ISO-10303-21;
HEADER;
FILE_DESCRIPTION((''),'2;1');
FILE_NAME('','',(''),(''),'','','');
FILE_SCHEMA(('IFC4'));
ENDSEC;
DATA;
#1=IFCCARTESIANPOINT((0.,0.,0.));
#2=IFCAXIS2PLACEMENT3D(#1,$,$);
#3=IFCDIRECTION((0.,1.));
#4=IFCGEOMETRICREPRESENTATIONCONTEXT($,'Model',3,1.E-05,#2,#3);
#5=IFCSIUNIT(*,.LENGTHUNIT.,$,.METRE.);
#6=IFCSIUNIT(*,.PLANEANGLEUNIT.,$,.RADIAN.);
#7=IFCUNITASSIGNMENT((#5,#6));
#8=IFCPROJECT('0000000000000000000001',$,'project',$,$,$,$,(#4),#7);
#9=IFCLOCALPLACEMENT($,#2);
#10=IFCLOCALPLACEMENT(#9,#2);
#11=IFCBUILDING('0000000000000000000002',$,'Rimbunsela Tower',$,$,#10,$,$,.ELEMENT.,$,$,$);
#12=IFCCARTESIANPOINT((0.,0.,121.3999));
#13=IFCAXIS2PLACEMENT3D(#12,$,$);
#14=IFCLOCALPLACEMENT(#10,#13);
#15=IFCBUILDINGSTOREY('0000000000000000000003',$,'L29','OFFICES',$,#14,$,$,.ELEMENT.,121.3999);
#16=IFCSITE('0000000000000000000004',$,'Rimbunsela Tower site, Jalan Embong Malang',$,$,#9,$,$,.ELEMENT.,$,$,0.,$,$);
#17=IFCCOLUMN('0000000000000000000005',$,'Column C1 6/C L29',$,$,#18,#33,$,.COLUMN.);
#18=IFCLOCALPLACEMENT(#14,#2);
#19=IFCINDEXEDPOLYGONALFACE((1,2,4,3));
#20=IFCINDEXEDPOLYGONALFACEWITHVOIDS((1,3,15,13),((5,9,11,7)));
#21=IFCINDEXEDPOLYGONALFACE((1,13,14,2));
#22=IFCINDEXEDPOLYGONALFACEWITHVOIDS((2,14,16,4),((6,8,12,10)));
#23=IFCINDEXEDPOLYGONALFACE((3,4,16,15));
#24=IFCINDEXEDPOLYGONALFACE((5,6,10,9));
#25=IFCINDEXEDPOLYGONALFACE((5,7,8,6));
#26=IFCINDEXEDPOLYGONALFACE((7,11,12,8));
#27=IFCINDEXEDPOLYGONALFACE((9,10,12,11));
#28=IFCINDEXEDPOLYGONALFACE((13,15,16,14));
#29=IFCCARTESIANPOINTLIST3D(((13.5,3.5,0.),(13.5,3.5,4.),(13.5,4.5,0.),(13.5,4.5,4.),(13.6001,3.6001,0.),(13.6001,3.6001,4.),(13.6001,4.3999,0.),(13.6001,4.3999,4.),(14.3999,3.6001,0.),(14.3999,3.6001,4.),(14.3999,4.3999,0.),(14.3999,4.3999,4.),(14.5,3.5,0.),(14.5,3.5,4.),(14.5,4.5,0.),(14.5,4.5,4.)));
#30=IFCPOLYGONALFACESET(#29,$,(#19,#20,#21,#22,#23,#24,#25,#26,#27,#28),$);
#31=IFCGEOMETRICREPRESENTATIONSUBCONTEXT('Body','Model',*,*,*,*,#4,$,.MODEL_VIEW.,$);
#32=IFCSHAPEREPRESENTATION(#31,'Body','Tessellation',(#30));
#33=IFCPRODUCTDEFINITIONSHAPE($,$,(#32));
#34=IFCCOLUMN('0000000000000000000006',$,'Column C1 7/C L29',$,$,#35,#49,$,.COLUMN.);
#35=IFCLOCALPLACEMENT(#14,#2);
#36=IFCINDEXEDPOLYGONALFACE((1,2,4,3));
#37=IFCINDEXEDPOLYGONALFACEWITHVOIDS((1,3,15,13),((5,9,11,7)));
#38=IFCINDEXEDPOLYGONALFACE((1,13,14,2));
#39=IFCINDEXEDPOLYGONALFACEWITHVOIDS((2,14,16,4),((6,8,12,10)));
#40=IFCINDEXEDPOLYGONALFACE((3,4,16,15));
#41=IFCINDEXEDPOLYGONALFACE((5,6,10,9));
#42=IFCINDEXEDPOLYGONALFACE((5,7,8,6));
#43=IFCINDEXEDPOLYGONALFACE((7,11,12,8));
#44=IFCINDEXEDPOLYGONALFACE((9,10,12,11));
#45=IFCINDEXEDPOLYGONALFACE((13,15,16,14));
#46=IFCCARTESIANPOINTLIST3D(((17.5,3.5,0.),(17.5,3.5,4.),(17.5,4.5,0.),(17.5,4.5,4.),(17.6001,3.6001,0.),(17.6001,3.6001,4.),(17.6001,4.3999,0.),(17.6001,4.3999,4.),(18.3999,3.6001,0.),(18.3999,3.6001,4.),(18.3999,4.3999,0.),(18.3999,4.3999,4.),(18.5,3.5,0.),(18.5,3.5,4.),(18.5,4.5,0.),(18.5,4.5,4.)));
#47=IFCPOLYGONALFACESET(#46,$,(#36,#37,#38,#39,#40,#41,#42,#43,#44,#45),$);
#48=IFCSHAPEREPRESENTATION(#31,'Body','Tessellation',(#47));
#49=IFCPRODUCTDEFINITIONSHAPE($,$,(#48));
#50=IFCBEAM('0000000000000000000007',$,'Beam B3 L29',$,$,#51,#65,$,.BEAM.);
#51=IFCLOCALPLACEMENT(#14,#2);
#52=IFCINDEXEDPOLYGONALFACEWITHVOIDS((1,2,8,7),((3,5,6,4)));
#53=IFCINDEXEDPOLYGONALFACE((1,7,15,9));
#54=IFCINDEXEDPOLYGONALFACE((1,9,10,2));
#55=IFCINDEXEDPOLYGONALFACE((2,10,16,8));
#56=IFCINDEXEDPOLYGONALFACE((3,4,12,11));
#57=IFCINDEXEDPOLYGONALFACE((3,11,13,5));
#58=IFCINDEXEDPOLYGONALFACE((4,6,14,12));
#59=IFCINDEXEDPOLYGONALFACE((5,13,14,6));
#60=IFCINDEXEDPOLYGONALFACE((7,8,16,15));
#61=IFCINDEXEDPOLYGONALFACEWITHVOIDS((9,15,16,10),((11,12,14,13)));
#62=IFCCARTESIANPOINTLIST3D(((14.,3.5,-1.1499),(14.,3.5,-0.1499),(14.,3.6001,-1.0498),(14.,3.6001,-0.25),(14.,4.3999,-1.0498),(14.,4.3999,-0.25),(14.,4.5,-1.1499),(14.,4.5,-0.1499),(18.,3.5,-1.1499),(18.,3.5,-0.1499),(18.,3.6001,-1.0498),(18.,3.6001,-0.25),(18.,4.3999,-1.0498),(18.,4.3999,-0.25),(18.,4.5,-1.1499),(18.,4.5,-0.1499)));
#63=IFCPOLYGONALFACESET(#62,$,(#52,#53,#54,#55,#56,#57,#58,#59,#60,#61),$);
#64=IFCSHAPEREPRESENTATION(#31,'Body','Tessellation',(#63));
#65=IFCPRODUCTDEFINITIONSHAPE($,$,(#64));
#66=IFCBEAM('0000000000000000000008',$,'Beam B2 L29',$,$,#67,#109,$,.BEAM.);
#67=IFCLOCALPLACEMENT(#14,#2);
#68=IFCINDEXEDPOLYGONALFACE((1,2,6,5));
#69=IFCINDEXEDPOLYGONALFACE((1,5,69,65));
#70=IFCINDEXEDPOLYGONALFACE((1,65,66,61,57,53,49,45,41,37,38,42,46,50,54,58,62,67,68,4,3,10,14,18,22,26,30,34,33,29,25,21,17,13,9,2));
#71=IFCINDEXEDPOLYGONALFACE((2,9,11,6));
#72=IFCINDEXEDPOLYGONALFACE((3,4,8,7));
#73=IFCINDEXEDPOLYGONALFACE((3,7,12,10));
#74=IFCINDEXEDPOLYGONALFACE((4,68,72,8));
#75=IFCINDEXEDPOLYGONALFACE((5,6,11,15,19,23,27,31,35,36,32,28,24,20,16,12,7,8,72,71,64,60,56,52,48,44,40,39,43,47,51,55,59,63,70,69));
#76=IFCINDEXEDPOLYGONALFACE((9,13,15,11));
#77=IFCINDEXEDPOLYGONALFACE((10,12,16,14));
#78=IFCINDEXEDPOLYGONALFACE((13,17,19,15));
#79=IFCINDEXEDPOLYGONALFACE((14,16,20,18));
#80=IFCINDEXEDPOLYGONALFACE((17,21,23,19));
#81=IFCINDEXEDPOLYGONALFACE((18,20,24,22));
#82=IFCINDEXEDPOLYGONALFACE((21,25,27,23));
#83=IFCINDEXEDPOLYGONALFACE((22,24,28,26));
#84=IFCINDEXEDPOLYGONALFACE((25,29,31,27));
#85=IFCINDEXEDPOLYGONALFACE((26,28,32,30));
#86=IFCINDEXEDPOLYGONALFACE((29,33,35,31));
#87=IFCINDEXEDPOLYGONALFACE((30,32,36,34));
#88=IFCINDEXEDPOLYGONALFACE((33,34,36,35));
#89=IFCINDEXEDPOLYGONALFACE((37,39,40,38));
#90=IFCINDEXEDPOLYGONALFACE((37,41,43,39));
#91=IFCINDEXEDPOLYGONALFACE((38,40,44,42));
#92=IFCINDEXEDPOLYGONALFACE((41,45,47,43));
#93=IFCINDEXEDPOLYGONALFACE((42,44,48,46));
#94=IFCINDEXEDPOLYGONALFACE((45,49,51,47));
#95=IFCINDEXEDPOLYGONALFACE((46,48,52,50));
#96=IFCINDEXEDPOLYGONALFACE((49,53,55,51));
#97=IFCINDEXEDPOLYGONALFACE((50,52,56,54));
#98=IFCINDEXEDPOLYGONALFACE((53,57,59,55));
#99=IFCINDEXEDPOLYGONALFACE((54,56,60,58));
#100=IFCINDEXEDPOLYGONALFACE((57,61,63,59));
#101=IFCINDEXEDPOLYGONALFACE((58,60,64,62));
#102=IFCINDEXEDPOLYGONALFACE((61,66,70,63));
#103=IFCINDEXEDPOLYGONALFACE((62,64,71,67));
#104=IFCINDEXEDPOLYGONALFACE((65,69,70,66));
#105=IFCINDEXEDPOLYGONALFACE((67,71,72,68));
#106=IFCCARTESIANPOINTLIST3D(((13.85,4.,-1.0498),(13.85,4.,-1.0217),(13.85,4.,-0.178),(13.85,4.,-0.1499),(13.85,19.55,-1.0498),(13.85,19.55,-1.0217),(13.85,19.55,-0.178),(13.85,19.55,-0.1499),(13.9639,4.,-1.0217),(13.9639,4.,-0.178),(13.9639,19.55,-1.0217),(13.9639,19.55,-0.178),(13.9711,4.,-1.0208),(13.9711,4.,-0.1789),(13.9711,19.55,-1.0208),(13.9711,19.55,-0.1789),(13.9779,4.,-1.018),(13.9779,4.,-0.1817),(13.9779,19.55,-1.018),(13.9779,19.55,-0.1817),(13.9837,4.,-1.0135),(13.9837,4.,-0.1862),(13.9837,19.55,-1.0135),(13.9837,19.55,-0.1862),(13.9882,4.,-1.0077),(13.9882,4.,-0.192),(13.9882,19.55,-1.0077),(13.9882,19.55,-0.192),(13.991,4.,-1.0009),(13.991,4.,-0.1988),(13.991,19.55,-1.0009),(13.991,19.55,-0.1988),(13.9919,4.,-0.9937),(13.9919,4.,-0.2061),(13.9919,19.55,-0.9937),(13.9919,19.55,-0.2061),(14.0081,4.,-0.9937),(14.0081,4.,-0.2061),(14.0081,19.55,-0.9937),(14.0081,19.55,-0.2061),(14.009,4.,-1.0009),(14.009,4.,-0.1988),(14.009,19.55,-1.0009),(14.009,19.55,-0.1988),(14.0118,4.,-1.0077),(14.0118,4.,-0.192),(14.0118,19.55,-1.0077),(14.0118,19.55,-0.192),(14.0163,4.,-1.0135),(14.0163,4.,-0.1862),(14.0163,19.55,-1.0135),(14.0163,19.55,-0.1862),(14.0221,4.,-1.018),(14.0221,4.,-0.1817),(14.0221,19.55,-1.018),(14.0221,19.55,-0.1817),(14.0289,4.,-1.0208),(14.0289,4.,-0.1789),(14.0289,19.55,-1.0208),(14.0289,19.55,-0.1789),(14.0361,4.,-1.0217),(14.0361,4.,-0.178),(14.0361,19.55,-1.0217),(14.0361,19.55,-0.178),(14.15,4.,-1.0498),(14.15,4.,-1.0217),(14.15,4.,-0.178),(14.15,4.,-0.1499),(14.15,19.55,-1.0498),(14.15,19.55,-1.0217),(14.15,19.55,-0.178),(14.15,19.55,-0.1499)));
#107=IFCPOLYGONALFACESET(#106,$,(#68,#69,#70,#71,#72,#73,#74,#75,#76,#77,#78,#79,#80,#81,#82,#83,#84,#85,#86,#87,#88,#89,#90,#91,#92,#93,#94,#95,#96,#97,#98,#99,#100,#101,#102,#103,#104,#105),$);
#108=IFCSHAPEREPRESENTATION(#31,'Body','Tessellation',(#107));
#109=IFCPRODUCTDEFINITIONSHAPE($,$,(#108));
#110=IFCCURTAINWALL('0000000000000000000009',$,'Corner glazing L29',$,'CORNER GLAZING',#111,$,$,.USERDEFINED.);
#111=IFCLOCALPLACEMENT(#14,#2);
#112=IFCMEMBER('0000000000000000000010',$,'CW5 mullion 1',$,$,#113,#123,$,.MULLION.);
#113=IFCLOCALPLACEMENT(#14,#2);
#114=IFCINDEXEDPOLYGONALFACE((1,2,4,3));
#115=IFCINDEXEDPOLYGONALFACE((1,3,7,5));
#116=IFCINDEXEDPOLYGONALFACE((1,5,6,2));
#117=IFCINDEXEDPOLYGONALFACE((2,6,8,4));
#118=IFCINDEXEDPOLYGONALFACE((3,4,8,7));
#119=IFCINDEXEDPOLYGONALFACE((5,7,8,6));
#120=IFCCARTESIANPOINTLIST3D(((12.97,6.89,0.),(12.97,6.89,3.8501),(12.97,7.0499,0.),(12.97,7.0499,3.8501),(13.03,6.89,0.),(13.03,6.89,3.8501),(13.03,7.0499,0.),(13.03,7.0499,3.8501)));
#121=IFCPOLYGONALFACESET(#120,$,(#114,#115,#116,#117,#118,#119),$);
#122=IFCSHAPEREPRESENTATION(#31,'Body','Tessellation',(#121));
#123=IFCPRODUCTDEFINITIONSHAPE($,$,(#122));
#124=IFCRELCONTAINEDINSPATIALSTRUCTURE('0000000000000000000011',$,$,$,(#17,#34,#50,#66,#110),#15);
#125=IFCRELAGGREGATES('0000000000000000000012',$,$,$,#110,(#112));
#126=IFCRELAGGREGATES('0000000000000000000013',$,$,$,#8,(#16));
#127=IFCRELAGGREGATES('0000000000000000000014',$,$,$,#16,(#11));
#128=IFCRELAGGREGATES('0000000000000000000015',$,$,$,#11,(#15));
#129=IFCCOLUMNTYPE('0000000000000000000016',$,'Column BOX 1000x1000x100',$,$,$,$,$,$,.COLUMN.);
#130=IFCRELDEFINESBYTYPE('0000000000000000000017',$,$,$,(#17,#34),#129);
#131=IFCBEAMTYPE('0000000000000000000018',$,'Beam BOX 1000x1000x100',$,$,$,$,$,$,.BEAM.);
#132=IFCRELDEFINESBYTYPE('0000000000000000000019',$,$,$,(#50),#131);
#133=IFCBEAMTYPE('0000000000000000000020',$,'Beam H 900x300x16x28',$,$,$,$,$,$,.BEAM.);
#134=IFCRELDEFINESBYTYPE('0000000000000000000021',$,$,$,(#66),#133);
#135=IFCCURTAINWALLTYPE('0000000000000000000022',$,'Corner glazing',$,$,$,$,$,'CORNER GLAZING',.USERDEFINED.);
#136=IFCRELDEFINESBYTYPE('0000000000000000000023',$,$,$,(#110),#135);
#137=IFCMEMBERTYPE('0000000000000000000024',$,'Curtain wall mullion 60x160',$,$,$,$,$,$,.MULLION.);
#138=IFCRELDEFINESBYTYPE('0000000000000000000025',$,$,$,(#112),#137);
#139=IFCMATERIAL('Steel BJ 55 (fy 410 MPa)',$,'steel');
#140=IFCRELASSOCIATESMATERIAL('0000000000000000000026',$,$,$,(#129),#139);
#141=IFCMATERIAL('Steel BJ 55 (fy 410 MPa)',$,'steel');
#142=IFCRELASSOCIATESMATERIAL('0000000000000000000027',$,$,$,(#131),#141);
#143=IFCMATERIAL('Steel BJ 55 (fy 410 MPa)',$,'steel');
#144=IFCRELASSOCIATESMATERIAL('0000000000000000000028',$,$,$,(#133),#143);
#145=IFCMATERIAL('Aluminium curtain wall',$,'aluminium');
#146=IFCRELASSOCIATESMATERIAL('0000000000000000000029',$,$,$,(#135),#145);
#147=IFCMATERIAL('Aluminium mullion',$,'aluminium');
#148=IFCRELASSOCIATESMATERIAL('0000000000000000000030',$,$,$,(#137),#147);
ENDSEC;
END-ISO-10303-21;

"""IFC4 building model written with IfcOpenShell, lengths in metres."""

from ifc_helpers import new_model, si_unit, direction, frame, origin, origin_2d, place, context, subcontext, project, spatial, rectangle, hollow_rectangle, i_section, extrude, material, material_profile, profile_set, type_object, element, aggregate, save


model = new_model("IFC4")

# Units and contexts
model_context = context("Model", 3, precision=1e-05, world=origin(), true_north=direction((0.0, 1.0)))
body_context = subcontext(model_context, "Body", "Model", "MODEL_VIEW")
ifc_project = project(units=[si_unit("LENGTHUNIT", "METRE"), si_unit("PLANEANGLEUNIT", "RADIAN")], contexts=[model_context])

# Site, building, storey
site_placement = place(None, origin())
site = spatial("IfcSite", under=ifc_project, at=site_placement, Name="Rimbunsela Tower site, Jalan Embong Malang", CompositionType="ELEMENT", RefElevation=0.0)
building_placement = place(site_placement, origin())
building = spatial("IfcBuilding", under=site, at=building_placement, Name="Rimbunsela Tower", CompositionType="ELEMENT")
storey_placement = place(building_placement, frame((0.0, 0.0, 121.3999)))
storey = spatial("IfcBuildingStorey", under=building, at=storey_placement, Name="L29", Description="OFFICES", CompositionType="ELEMENT", Elevation=121.3999)

# Columns
ifc_material_1 = material(Name="Steel BJ 55 (fy 410 MPa)", Category="steel")
ifc_material_profile_1 = material_profile(ifc_material_1, hollow_rectangle(XDim=1.0, YDim=1.0, WallThickness=0.1001, at=origin_2d()), Name="BOX 1000x1000x100")
ifc_profile_set_1 = profile_set([ifc_material_profile_1], Name="Steel BJ 55 (fy 410 MPa)")
column_type = type_object("IfcColumnType", Name="Column BOX 1000x1000x100", PredefinedType="COLUMN", material=ifc_profile_set_1)
for number, where, z_axis, x_axis, name in (
    (1, (14.0, 4.0, 0.0), (0.0, 0.0, 1.0), (1.0, 0.0, 0.0), "Column C1 6/C L29"),
    (2, (18.0, 4.0, 0.0), (0.0, 0.0, 1.0), (1.0, 0.0, 0.0), "Column C1 7/C L29"),
):
    element("IfcColumn", number, at=place(storey_placement, frame(where, z_axis=z_axis, x_axis=x_axis)), inside=storey, type_object=column_type, Name=name, PredefinedType="COLUMN", context=body_context, shape_type="SweptSolid", body=[
        extrude(hollow_rectangle(XDim=1.0, YDim=1.0, WallThickness=0.1001, at=origin_2d()), origin(), (0.0, 0.0, 1.0), 4.0),
    ])

# Beams
ifc_material_2 = material(Name="Steel BJ 55 (fy 410 MPa)", Category="steel")
ifc_material_profile_2 = material_profile(ifc_material_2, hollow_rectangle(XDim=1.0, YDim=1.0, WallThickness=0.1001, at=origin_2d()), Name="BOX 1000x1000x100")
ifc_profile_set_2 = profile_set([ifc_material_profile_2], Name="Steel BJ 55 (fy 410 MPa)")
beam_type_1 = type_object("IfcBeamType", Name="Beam BOX 1000x1000x100", PredefinedType="BEAM", material=ifc_profile_set_2)
beam_1_placement = place(storey_placement, frame((14.0, 4.0, -0.6499), z_axis=(1.0, 0.0, 0.0), x_axis=(0.0, 1.0, 0.0)))
element("IfcBeam", 3, at=beam_1_placement, inside=storey, type_object=beam_type_1, Name="Beam B3 L29", PredefinedType="BEAM", context=body_context, shape_type="SweptSolid", body=[
    extrude(hollow_rectangle(XDim=1.0, YDim=1.0, WallThickness=0.1001, at=origin_2d()), origin(), (0.0, 0.0, 1.0), 4.0),
])
ifc_material_3 = material(Name="Steel BJ 55 (fy 410 MPa)", Category="steel")
ifc_material_profile_3 = material_profile(ifc_material_3, i_section(OverallWidth=0.3, OverallDepth=0.8999, WebThickness=0.0161, FlangeThickness=0.0281, FilletRadius=0.0281, at=origin_2d()), Name="H 900x300x16x28")
ifc_profile_set_3 = profile_set([ifc_material_profile_3], Name="Steel BJ 55 (fy 410 MPa)")
beam_type_2 = type_object("IfcBeamType", Name="Beam H 900x300x16x28", PredefinedType="BEAM", material=ifc_profile_set_3)
beam_2_placement = place(storey_placement, frame((14.0, 4.0, -0.5999), z_axis=(0.0, 1.0, 0.0), x_axis=(-1.0, 0.0, 0.0)))
element("IfcBeam", 4, at=beam_2_placement, inside=storey, type_object=beam_type_2, Name="Beam B2 L29", PredefinedType="BEAM", context=body_context, shape_type="SweptSolid", body=[
    extrude(i_section(OverallWidth=0.3, OverallDepth=0.8999, WebThickness=0.0161, FlangeThickness=0.0281, FilletRadius=0.0281, at=origin_2d()), origin(), (0.0, 0.0, 1.0), 15.55),
])

# Curtain wall, member
ifc_material_4 = material(Name="Aluminium curtain wall", Category="aluminium")
curtain_wall_type = type_object("IfcCurtainWallType", Name="Corner glazing", ElementType="CORNER GLAZING", PredefinedType="USERDEFINED", material=ifc_material_4)
curtain_wall_placement = place(storey_placement, origin())
curtain_wall = element("IfcCurtainWall", 5, at=curtain_wall_placement, inside=storey, type_object=curtain_wall_type, Name="Corner glazing L29", ObjectType="CORNER GLAZING", PredefinedType="USERDEFINED")
ifc_material_5 = material(Name="Aluminium mullion", Category="aluminium")
ifc_material_profile_4 = material_profile(ifc_material_5, rectangle(XDim=0.0601, YDim=0.1599, at=origin_2d()), Name="Mullion 60x160")
ifc_profile_set_4 = profile_set([ifc_material_profile_4], Name="Aluminium mullion")
member_type = type_object("IfcMemberType", Name="Curtain wall mullion 60x160", PredefinedType="MULLION", material=ifc_profile_set_4)
member_placement = place(storey_placement, frame((13.0, 6.97, 0.0), z_axis=(0.0, 0.0, 1.0), x_axis=(1.0, 0.0, 0.0)))
member = element("IfcMember", 6, at=member_placement, type_object=member_type, Name="CW5 mullion 1", PredefinedType="MULLION", context=body_context, shape_type="SweptSolid", body=[
    extrude(rectangle(XDim=0.0601, YDim=0.1599, at=origin_2d()), origin(), (0.0, 0.0, 1.0), 3.8501),
])
aggregate(curtain_wall, [member])

save(model, "model.ifc")
